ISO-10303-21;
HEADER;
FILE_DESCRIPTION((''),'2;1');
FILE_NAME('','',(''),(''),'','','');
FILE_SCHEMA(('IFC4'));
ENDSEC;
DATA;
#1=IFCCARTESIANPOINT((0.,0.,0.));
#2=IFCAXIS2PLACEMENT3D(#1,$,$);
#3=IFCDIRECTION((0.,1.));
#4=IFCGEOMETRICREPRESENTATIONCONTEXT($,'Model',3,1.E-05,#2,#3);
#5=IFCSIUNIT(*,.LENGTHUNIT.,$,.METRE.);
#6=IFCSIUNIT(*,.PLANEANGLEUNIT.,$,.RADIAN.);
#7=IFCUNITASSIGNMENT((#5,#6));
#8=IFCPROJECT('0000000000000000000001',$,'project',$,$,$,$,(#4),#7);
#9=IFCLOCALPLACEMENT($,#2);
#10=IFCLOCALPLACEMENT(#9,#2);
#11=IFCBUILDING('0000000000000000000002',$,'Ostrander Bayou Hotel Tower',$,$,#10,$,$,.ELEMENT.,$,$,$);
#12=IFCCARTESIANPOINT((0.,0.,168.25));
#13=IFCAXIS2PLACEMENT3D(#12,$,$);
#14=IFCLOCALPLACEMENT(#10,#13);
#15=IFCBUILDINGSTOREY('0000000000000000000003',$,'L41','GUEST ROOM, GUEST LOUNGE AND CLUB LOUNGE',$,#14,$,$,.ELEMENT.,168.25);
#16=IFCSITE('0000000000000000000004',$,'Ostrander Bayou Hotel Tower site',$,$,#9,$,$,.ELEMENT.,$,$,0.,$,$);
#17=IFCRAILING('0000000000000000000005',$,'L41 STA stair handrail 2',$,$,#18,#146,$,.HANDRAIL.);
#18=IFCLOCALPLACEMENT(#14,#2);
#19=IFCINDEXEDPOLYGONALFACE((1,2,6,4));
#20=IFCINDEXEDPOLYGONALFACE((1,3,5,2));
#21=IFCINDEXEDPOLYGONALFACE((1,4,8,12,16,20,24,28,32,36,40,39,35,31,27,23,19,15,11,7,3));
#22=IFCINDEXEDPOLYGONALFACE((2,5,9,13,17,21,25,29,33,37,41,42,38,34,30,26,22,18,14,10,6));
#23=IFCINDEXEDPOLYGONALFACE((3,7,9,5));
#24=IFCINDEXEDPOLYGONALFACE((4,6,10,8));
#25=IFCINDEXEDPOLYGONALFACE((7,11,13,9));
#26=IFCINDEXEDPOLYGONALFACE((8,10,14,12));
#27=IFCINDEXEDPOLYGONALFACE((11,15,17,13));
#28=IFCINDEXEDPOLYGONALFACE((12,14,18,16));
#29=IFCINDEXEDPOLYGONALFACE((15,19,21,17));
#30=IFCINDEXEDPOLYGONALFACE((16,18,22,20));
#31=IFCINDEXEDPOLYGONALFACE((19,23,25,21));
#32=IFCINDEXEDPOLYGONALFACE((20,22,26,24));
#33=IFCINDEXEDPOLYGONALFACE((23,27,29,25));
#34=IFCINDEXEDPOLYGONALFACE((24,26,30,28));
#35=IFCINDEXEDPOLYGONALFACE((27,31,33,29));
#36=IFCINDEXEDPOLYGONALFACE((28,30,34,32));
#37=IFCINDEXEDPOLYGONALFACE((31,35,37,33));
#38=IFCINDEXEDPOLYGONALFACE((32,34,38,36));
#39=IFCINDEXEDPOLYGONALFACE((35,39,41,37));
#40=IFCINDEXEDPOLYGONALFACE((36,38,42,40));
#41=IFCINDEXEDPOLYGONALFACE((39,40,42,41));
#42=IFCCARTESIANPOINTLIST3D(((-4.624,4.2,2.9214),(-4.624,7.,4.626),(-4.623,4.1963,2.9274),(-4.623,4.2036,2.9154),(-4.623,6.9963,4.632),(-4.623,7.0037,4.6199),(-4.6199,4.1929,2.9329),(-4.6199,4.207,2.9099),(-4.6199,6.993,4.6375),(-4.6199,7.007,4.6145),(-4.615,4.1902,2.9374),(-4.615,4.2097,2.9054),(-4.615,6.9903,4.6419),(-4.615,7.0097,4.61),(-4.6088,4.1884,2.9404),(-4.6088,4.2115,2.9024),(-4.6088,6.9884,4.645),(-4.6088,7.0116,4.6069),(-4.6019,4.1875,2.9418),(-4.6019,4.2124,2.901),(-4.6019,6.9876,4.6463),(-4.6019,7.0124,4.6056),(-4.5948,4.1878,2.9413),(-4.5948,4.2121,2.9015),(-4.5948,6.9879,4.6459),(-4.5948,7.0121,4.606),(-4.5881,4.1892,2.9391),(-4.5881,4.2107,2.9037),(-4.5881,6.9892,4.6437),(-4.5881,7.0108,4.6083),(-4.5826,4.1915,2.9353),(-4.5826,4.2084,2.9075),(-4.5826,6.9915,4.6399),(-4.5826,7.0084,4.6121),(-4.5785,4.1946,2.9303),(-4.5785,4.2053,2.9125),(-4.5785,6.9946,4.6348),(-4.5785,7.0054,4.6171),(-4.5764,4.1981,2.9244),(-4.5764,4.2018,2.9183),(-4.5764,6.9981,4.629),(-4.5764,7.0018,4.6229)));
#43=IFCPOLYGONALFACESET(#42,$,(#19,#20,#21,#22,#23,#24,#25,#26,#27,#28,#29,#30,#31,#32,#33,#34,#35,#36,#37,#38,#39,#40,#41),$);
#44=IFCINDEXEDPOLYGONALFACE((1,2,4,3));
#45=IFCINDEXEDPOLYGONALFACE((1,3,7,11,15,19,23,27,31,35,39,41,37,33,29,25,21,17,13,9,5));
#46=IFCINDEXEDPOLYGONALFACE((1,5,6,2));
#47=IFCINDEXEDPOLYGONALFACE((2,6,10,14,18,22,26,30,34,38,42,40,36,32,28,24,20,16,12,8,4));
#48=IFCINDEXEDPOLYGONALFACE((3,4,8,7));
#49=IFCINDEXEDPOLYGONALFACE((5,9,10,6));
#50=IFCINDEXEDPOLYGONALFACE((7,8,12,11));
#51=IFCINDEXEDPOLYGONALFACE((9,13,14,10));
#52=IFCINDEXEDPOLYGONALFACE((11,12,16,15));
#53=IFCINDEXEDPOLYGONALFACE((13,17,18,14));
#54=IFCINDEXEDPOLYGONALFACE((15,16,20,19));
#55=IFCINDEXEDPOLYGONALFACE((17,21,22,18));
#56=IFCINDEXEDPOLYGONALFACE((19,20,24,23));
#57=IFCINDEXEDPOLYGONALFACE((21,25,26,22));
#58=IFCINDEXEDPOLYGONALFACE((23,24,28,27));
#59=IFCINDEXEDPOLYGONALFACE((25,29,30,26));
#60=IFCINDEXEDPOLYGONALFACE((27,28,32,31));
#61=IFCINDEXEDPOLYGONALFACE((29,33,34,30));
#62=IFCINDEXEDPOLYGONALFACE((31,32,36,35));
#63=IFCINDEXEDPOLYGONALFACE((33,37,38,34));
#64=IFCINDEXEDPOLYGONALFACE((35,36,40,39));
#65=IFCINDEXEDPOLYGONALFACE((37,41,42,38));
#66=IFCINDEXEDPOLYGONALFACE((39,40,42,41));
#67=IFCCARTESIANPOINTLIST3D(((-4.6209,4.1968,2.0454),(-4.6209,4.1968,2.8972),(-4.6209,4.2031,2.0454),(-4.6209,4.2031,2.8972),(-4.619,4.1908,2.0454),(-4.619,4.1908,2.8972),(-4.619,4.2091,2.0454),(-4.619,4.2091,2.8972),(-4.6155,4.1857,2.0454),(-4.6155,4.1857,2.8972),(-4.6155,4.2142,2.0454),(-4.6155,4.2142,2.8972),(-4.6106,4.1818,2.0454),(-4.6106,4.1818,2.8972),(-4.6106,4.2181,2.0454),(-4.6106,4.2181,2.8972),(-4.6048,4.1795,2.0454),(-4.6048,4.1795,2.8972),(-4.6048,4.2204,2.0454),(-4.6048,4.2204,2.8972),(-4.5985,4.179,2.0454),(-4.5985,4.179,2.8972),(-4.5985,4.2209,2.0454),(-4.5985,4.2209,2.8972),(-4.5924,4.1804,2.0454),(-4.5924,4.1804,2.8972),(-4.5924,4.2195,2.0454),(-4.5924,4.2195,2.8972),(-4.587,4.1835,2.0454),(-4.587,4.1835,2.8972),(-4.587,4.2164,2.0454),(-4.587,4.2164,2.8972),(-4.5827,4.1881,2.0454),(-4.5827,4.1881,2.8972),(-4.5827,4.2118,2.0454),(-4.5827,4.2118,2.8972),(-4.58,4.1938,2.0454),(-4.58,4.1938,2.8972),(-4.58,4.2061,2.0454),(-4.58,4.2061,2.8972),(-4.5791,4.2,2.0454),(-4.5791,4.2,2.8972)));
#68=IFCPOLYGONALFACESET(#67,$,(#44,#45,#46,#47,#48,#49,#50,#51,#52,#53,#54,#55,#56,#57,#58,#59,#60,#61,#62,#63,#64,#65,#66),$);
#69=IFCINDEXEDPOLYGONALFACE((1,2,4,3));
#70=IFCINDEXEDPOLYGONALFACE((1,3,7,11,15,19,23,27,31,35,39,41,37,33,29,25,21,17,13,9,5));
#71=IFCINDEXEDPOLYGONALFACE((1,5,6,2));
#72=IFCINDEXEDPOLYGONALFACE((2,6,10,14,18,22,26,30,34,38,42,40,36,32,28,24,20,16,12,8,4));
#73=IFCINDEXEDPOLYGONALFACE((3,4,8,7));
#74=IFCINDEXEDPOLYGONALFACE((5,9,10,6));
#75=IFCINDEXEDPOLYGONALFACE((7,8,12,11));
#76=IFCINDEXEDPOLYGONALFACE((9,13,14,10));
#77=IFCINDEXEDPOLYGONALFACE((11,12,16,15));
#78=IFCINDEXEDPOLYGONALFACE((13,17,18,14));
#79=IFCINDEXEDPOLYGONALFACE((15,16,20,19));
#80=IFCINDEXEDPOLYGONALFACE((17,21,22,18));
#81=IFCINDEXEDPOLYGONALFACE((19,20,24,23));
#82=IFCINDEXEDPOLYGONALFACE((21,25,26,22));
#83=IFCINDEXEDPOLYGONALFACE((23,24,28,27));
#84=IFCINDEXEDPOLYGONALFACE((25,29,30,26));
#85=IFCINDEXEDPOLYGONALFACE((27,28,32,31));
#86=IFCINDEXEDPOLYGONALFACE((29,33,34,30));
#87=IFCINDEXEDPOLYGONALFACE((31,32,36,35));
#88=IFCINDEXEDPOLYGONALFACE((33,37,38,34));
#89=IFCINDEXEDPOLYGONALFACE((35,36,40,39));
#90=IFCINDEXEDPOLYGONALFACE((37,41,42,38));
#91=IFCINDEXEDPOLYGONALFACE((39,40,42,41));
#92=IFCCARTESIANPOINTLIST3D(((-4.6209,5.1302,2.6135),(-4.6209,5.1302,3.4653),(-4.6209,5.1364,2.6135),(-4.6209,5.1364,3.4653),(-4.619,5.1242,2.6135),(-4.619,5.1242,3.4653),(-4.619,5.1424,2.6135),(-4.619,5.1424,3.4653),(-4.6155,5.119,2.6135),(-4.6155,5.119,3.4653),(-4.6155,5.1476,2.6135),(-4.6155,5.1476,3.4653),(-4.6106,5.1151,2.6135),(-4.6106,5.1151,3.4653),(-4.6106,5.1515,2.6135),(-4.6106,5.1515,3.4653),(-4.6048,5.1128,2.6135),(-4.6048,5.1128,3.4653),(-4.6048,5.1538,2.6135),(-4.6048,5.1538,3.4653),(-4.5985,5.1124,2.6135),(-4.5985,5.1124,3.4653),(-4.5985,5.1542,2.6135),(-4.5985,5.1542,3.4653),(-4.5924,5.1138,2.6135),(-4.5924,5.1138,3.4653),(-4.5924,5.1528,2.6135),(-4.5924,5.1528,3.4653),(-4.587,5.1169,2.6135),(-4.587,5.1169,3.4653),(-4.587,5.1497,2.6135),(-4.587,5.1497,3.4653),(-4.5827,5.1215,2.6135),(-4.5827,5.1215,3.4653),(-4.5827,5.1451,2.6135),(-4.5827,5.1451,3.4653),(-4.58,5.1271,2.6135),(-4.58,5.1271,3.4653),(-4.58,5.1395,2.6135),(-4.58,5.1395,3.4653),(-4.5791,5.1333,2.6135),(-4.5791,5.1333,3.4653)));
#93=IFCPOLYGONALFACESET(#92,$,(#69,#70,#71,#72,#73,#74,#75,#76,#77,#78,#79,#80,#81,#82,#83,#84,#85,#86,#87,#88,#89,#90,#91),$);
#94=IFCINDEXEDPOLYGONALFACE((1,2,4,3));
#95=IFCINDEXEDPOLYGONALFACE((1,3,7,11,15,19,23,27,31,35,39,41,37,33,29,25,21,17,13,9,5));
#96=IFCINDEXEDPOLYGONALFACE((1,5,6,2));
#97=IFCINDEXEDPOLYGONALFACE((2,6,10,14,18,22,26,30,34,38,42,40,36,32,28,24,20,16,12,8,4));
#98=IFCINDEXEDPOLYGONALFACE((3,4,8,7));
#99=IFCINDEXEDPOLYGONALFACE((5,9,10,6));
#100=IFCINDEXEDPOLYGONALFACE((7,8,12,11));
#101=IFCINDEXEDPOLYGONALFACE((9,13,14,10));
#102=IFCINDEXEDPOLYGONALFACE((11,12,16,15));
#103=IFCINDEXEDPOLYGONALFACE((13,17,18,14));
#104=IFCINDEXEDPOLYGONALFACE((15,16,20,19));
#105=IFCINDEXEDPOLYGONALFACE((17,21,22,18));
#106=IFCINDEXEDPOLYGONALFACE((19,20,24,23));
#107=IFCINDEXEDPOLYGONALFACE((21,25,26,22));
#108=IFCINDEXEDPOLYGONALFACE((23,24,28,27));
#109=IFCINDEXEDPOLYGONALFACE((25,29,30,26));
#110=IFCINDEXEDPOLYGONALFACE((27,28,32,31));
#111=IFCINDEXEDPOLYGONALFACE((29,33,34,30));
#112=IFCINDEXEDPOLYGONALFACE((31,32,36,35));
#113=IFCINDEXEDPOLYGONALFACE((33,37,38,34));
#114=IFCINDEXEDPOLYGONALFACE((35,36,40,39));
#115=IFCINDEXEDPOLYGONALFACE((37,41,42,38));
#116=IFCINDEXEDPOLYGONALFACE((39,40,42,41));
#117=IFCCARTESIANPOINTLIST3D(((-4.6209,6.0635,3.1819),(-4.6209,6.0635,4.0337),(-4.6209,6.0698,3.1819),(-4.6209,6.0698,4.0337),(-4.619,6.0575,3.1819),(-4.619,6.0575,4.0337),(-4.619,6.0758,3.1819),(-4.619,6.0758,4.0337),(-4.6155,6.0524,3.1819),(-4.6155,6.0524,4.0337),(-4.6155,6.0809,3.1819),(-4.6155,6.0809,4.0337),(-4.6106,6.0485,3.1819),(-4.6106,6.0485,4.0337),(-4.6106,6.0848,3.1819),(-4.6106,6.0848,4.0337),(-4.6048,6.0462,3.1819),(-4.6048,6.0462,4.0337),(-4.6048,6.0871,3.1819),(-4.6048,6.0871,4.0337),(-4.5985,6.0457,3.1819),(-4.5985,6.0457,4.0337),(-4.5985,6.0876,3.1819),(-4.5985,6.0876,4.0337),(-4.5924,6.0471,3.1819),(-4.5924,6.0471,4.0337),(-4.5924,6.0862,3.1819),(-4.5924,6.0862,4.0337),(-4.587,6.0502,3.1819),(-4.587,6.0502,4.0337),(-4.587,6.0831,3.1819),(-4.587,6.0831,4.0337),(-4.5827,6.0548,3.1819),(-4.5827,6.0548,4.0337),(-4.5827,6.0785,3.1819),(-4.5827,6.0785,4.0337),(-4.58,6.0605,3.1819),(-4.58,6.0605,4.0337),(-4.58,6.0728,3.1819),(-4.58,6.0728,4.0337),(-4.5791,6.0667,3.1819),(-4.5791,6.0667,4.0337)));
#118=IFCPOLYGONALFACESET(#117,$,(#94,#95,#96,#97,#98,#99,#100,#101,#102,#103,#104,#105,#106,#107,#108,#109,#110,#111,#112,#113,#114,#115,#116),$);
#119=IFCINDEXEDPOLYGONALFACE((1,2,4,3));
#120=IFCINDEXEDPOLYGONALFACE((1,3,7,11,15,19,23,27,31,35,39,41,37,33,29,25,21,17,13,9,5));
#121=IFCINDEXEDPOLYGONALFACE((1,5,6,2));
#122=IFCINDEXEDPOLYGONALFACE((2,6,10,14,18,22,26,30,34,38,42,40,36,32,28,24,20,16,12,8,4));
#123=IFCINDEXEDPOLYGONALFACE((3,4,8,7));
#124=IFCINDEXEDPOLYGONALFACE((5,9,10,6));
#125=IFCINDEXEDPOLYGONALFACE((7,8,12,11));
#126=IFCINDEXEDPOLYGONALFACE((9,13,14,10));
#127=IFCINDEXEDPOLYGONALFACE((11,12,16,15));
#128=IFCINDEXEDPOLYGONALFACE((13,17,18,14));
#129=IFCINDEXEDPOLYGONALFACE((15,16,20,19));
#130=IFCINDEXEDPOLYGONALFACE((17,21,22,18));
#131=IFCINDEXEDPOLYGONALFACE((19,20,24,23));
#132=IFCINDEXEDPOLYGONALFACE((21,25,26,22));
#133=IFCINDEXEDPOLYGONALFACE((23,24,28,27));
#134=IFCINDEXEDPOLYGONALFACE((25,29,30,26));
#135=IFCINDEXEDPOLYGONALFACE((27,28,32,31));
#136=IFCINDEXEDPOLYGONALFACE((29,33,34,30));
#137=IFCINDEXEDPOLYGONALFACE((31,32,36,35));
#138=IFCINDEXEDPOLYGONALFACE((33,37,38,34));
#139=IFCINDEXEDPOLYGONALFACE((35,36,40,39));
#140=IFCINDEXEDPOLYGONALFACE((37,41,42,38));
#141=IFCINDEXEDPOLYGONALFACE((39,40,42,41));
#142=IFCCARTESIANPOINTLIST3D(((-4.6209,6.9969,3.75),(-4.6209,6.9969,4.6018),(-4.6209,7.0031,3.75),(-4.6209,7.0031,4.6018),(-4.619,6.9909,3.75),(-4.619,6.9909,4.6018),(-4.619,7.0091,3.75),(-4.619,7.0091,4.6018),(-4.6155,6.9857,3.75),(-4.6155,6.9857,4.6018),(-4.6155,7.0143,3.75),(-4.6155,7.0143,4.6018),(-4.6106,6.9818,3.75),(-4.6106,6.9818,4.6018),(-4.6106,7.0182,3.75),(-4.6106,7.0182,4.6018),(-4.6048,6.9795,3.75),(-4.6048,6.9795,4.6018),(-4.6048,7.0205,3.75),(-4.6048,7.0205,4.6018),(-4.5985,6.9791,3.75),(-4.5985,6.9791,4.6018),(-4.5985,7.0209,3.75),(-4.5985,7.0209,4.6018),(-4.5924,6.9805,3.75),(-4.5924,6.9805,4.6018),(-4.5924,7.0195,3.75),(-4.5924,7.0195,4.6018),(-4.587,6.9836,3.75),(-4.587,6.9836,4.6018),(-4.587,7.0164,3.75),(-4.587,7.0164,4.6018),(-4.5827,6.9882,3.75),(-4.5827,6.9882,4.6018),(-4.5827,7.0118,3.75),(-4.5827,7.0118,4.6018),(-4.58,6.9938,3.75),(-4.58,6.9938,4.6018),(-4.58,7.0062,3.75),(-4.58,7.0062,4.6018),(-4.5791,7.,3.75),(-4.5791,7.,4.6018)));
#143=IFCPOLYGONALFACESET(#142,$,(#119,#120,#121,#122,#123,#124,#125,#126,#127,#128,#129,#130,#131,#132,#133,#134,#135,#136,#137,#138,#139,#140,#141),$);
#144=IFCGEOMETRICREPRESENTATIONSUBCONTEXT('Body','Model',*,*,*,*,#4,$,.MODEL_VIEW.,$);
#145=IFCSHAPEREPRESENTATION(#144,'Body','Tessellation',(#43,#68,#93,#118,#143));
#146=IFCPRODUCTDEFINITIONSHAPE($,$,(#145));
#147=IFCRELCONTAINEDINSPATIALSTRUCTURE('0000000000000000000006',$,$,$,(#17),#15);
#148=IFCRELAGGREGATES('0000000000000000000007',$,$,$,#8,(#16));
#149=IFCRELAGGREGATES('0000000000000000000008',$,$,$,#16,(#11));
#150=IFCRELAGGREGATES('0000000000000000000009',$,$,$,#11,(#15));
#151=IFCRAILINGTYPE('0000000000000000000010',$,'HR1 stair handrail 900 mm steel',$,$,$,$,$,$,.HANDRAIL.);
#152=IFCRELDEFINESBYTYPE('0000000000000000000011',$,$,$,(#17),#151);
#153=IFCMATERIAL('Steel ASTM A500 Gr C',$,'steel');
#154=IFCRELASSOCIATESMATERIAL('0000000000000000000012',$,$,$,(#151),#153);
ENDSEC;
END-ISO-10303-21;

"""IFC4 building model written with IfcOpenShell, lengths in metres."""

from ifc_helpers import new_model, si_unit, direction, frame, origin, origin_2d, place, context, subcontext, project, spatial, circle, extrude, material, type_object, element, save


model = new_model("IFC4")

# Units and contexts
model_context = context("Model", 3, precision=1e-05, world=origin(), true_north=direction((0.0, 1.0)))
body_context = subcontext(model_context, "Body", "Model", "MODEL_VIEW")
ifc_project = project(units=[si_unit("LENGTHUNIT", "METRE"), si_unit("PLANEANGLEUNIT", "RADIAN")], contexts=[model_context])

# Site, building, storey
site_placement = place(None, origin())
site = spatial("IfcSite", under=ifc_project, at=site_placement, Name="Ostrander Bayou Hotel Tower site", CompositionType="ELEMENT", RefElevation=0.0)
building_placement = place(site_placement, origin())
building = spatial("IfcBuilding", under=site, at=building_placement, Name="Ostrander Bayou Hotel Tower", CompositionType="ELEMENT")
storey_placement = place(building_placement, frame((0.0, 0.0, 168.25)))
storey = spatial("IfcBuildingStorey", under=building, at=storey_placement, Name="L41", Description="GUEST ROOM, GUEST LOUNGE AND CLUB LOUNGE", CompositionType="ELEMENT", Elevation=168.25)

# Railing
ifc_material_1 = material(Name="Steel ASTM A500 Gr C", Category="steel")
railing_type_1 = type_object("IfcRailingType", Name="HR1 stair handrail 900 mm steel", PredefinedType="HANDRAIL", material=ifc_material_1)
railing_1_placement = place(storey_placement, frame((-4.6001, 4.2, 2.0454)))
element("IfcRailing", 1, at=railing_1_placement, inside=storey, type_object=railing_type_1, Name="L41 STA stair handrail 2", PredefinedType="HANDRAIL", context=body_context, shape_type="SweptSolid", body=[
    extrude(circle(Radius=0.0239, at=origin_2d()), frame((0.0, 0.0, 0.876), z_axis=(0.0, 0.85417, 0.519994), x_axis=(-1.0, 0.0, 0.0)), (0.0, 0.0, 1.0), 3.2781),
    extrude(circle(Radius=0.021, at=origin_2d()), origin(), (0.0, 0.0, 1.0), 0.8518),
    extrude(circle(Radius=0.021, at=origin_2d()), frame((0.0, 0.9333, 0.5681)), (0.0, 0.0, 1.0), 0.8518),
    extrude(circle(Radius=0.021, at=origin_2d()), frame((0.0, 1.8667, 1.1365)), (0.0, 0.0, 1.0), 0.8518),
    extrude(circle(Radius=0.021, at=origin_2d()), frame((0.0, 2.8, 1.7046)), (0.0, 0.0, 1.0), 0.8518),
])

save(model, "model.ifc")
